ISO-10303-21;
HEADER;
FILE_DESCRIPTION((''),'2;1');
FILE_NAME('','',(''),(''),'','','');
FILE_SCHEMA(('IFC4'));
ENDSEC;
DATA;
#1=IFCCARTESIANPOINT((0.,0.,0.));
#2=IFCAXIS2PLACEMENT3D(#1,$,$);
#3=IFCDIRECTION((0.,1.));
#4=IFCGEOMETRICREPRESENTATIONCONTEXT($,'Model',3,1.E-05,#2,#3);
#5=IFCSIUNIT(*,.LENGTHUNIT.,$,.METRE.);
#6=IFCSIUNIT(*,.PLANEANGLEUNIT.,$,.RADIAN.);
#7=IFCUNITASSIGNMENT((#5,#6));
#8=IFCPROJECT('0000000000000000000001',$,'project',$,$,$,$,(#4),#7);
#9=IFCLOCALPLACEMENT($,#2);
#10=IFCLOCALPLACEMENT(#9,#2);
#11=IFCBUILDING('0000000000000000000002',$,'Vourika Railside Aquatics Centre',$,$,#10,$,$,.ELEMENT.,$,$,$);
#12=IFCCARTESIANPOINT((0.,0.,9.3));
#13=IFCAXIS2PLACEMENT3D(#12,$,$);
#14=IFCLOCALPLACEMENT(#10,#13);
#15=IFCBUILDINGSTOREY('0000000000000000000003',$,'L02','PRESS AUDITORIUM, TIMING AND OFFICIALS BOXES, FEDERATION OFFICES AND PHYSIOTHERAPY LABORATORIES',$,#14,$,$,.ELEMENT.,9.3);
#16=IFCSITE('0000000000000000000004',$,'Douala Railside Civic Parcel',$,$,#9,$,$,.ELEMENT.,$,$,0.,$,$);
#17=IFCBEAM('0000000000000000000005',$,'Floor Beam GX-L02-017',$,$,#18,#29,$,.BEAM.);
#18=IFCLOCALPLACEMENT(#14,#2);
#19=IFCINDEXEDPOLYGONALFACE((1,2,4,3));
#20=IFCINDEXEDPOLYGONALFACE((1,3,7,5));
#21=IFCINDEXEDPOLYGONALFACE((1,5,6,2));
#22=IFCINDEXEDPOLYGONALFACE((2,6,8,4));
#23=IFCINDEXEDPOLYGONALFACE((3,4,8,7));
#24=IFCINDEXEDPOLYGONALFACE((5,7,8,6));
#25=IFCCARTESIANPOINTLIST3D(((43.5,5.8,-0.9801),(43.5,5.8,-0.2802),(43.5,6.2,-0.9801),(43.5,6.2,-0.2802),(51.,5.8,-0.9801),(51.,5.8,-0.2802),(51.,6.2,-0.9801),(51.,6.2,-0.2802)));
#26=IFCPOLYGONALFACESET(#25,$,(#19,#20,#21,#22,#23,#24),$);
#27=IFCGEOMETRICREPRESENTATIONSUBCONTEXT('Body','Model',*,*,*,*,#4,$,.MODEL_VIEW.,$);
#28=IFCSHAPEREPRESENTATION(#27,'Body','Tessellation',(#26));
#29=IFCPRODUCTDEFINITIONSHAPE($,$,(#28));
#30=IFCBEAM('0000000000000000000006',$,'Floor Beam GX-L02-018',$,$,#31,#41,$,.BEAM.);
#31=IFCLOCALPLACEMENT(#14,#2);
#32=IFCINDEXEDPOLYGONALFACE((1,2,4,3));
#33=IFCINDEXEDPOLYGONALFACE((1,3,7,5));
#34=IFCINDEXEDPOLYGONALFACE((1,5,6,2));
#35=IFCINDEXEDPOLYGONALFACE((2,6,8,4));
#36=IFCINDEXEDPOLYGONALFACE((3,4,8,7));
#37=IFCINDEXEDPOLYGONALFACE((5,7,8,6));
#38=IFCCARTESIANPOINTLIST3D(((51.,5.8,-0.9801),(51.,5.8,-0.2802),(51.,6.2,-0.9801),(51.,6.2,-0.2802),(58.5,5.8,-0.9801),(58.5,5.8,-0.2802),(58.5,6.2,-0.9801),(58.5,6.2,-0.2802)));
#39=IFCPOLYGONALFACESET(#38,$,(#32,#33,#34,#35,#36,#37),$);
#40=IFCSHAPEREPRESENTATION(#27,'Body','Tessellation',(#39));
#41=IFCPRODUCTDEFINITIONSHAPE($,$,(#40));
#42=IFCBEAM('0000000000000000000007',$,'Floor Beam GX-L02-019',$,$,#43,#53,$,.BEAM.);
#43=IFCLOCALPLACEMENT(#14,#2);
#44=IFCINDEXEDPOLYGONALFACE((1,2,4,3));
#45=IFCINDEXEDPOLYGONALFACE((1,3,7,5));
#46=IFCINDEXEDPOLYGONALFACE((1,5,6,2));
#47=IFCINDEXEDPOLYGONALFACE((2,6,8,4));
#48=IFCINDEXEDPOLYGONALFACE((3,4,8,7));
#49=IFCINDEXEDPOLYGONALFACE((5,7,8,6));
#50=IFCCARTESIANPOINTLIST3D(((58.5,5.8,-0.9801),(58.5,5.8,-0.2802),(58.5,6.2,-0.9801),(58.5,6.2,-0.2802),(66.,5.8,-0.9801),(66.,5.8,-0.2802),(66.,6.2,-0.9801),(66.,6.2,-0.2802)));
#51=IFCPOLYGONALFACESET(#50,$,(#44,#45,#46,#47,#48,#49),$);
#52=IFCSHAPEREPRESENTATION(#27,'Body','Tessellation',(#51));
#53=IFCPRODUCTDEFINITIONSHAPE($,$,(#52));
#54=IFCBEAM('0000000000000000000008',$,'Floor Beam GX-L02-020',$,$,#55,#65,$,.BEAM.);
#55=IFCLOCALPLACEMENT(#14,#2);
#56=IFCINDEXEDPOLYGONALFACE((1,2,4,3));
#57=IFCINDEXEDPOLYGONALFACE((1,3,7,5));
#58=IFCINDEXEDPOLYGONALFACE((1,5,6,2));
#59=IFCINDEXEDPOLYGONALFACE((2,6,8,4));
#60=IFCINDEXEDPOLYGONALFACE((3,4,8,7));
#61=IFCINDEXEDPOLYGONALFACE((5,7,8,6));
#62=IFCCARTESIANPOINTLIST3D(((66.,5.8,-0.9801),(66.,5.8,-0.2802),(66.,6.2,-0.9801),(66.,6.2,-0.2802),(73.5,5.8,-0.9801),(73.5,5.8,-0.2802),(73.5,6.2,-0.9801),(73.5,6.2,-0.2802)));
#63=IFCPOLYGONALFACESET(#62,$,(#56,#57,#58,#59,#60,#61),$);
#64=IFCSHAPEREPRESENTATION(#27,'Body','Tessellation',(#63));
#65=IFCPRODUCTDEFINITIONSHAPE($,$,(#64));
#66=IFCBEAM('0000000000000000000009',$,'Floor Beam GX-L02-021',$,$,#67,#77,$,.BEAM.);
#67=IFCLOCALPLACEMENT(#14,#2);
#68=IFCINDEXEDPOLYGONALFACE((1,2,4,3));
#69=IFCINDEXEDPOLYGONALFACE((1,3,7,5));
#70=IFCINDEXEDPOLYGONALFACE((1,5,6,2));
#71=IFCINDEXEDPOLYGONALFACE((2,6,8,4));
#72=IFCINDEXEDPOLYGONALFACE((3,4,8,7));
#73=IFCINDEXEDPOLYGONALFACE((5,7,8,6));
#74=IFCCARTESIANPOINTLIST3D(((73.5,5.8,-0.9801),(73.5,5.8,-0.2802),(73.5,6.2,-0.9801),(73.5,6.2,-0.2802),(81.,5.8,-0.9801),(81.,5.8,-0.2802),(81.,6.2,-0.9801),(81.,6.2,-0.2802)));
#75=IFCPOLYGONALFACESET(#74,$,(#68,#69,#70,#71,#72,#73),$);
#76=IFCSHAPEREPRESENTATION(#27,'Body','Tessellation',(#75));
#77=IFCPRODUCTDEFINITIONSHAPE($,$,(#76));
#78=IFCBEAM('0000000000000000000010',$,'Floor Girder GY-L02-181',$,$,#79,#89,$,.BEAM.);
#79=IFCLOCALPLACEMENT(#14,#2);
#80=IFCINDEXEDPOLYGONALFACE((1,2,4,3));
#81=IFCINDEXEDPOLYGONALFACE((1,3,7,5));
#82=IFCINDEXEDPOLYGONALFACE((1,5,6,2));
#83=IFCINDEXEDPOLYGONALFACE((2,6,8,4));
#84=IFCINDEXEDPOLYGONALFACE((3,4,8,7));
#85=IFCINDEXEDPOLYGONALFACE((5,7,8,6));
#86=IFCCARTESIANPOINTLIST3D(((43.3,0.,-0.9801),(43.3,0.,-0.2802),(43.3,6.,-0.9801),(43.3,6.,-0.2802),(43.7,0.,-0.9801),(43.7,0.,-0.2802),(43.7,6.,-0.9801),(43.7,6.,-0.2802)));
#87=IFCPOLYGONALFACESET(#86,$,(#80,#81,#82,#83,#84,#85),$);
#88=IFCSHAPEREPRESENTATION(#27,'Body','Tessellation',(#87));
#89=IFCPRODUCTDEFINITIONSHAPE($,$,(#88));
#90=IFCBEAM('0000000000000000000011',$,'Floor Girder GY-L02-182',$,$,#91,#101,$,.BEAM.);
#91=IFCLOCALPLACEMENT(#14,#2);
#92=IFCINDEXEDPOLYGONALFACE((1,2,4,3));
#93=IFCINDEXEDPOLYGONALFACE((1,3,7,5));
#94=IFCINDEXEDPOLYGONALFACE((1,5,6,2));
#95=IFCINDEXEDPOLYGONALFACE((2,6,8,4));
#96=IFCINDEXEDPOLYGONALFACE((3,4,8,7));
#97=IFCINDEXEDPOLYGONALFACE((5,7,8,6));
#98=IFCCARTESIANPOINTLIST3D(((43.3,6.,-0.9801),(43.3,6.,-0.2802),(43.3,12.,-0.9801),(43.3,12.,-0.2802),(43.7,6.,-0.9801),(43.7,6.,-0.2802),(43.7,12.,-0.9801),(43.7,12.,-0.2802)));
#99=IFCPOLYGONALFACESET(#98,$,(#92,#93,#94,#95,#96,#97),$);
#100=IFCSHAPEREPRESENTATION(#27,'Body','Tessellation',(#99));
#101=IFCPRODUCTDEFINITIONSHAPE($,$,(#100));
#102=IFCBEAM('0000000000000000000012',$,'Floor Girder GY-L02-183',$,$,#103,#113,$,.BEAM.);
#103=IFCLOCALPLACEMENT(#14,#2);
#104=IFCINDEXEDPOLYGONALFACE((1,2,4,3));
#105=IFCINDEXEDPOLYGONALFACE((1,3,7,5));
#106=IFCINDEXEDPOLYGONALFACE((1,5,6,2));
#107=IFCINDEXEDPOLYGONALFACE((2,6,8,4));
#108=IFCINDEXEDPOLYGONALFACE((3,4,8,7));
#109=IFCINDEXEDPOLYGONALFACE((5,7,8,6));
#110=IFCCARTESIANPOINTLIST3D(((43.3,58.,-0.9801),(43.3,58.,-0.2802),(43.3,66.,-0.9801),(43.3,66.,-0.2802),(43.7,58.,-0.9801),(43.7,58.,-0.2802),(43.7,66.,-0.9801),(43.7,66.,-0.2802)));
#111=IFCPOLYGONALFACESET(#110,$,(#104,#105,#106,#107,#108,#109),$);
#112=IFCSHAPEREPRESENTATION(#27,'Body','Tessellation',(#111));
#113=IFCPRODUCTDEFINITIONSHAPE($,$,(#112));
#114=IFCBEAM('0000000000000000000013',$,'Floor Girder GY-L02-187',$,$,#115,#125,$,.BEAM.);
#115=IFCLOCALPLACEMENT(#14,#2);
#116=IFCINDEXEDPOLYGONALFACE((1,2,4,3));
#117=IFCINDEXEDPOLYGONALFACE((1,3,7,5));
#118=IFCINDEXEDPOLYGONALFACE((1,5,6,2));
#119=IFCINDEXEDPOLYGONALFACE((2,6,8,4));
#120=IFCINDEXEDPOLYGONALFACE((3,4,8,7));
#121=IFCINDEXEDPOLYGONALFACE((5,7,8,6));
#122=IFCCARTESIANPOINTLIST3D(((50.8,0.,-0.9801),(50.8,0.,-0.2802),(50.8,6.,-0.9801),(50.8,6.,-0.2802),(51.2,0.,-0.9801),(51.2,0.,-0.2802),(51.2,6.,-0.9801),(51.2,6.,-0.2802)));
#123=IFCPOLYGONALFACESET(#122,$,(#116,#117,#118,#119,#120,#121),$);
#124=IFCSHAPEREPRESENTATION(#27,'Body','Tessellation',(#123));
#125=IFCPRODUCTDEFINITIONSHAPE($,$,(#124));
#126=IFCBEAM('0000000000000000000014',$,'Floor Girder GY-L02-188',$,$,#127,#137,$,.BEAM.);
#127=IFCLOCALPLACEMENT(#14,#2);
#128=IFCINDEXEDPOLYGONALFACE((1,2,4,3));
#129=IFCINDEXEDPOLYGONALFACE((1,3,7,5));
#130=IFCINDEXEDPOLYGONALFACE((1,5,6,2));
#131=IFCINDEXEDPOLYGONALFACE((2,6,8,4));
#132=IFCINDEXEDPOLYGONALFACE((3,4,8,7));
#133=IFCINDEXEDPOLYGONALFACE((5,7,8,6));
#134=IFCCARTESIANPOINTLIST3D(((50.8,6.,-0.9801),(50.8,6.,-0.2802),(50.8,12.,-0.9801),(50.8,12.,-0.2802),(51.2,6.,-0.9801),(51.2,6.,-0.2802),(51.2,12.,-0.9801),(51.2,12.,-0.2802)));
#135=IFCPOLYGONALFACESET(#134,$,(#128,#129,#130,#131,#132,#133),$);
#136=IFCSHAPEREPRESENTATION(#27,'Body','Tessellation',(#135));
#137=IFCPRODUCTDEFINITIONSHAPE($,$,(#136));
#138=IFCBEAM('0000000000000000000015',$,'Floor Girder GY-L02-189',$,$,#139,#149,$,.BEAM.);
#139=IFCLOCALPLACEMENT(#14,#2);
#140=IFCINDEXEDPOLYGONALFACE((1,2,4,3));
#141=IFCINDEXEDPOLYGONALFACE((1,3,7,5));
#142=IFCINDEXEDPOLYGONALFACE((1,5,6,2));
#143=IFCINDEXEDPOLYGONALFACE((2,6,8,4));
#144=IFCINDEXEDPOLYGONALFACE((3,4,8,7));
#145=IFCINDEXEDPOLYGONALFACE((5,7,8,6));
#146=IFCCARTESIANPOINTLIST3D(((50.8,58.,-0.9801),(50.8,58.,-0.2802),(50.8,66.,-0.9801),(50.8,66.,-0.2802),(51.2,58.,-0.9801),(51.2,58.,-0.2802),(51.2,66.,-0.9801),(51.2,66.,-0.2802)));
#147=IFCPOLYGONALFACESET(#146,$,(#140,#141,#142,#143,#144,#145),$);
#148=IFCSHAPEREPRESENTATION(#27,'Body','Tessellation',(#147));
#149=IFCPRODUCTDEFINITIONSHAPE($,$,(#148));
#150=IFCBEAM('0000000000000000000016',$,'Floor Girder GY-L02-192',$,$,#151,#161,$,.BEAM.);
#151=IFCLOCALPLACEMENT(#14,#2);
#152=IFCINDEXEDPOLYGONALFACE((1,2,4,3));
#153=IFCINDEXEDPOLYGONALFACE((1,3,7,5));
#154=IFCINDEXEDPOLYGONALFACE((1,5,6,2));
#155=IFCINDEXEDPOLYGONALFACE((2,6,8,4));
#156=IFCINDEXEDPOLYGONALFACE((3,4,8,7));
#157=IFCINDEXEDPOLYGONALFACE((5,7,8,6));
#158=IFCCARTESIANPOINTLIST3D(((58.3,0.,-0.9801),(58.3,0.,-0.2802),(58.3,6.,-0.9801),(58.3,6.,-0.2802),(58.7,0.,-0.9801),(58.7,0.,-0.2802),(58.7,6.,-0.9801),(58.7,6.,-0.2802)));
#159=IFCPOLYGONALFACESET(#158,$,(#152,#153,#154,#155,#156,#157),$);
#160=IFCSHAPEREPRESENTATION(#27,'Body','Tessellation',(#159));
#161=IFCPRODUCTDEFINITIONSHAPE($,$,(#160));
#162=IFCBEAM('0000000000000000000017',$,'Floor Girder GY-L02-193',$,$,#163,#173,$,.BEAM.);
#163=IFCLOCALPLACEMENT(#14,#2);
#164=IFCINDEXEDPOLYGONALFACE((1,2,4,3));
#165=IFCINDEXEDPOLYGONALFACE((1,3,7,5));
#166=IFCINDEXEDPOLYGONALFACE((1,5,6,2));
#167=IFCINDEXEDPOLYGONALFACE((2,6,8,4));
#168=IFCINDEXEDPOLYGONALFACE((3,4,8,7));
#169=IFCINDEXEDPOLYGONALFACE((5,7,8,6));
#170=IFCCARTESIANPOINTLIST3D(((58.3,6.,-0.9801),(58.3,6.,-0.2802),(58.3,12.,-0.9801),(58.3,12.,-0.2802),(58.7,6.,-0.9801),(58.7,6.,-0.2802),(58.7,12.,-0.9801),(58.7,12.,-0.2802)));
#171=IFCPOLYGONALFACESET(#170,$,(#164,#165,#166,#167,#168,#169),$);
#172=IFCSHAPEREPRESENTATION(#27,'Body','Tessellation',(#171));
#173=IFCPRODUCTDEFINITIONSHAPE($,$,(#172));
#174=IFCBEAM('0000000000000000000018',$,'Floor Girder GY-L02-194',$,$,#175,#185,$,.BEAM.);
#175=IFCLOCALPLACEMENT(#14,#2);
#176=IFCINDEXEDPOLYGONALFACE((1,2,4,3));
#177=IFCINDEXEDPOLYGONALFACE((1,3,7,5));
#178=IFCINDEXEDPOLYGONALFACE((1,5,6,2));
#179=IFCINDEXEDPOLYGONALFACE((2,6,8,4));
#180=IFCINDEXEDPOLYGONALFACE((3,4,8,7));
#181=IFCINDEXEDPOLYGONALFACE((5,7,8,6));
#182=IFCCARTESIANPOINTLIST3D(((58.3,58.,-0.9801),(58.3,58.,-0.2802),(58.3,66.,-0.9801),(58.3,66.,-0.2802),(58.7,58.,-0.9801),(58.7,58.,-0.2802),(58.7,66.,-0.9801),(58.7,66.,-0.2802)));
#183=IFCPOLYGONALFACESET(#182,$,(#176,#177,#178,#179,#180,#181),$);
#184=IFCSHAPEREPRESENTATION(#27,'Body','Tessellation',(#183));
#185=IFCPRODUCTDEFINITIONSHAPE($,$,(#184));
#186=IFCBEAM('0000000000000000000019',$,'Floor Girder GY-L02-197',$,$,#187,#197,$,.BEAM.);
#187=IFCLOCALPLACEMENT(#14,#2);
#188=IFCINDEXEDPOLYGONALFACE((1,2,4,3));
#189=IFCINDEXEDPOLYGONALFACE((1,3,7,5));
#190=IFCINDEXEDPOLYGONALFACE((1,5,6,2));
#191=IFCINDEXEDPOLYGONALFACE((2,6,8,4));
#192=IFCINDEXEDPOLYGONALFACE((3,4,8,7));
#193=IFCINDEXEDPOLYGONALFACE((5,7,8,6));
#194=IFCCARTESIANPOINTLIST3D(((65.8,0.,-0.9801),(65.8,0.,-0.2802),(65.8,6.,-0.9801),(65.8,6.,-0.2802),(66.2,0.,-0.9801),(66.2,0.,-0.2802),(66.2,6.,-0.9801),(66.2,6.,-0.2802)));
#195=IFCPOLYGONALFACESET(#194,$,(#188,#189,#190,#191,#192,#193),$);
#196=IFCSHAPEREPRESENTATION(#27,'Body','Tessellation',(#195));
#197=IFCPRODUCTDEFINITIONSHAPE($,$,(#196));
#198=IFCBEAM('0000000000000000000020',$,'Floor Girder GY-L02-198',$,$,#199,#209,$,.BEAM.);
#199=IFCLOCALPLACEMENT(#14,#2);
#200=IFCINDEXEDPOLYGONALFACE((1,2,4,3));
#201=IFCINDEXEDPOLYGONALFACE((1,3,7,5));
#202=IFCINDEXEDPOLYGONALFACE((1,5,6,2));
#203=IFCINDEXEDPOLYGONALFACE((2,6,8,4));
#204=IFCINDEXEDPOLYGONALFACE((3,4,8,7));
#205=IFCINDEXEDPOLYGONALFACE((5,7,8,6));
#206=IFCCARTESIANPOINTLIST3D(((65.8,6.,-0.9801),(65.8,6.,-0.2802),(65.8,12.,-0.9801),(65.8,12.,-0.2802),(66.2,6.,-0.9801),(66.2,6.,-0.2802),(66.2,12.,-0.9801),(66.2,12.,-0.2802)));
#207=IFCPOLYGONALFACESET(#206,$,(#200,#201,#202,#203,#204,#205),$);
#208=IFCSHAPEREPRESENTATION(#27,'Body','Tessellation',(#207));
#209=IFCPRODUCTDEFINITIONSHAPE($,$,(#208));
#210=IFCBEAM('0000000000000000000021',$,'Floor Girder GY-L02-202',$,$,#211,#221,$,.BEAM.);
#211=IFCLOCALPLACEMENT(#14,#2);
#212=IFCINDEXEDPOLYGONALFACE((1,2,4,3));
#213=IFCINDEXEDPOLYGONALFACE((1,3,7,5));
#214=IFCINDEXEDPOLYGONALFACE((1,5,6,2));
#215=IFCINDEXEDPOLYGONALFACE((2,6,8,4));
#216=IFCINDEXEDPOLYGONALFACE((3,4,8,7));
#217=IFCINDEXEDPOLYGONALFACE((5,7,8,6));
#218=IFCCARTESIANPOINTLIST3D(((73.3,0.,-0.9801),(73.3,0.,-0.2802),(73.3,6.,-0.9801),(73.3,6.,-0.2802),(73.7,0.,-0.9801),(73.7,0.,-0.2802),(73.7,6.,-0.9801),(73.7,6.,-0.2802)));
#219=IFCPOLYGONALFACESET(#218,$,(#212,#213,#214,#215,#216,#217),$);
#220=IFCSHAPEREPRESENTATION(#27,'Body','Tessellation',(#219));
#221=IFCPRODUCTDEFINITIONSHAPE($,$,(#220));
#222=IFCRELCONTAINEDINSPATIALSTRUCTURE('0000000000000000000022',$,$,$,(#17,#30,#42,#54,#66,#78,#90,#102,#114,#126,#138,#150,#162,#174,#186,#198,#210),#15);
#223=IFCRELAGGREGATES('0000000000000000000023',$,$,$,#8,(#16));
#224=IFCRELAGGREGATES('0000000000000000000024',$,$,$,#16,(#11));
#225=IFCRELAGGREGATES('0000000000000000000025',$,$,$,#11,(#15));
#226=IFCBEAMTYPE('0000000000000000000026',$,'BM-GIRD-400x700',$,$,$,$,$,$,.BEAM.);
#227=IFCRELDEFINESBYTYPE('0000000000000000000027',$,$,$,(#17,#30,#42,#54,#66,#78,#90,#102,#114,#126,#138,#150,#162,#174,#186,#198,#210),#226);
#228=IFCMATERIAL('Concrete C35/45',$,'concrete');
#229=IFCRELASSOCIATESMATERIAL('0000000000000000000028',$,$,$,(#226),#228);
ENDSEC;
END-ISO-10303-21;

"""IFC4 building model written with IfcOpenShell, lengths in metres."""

from ifc_helpers import new_model, si_unit, direction, frame, origin, origin_2d, place, context, subcontext, project, spatial, rectangle, extrude, material, material_profile, profile_set, type_object, element, save


model = new_model("IFC4")

# Units and contexts
model_context = context("Model", 3, precision=1e-05, world=origin(), true_north=direction((0.0, 1.0)))
body_context = subcontext(model_context, "Body", "Model", "MODEL_VIEW")
ifc_project = project(units=[si_unit("LENGTHUNIT", "METRE"), si_unit("PLANEANGLEUNIT", "RADIAN")], contexts=[model_context])

# Site, building, storey
site_placement = place(None, origin())
site = spatial("IfcSite", under=ifc_project, at=site_placement, Name="Douala Railside Civic Parcel", CompositionType="ELEMENT", RefElevation=0.0)
building_placement = place(site_placement, origin())
building = spatial("IfcBuilding", under=site, at=building_placement, Name="Vourika Railside Aquatics Centre", CompositionType="ELEMENT")
storey_placement = place(building_placement, frame((0.0, 0.0, 9.3)))
storey = spatial("IfcBuildingStorey", under=building, at=storey_placement, Name="L02", Description="PRESS AUDITORIUM, TIMING AND OFFICIALS BOXES, FEDERATION OFFICES AND PHYSIOTHERAPY LABORATORIES", CompositionType="ELEMENT", Elevation=9.3)

# Beams
ifc_material = material(Name="Concrete C35/45", Category="concrete")
ifc_material_profile_1 = material_profile(ifc_material, rectangle(XDim=0.3999, YDim=0.7, at=origin_2d()), Name="RC 400x700")
ifc_profile_set_1 = profile_set([ifc_material_profile_1], Name="Concrete C35/45")
beam_type_1 = type_object("IfcBeamType", Name="BM-GIRD-400x700", PredefinedType="BEAM", material=ifc_profile_set_1)
for number, where, z_axis, x_axis, name in (
    (1, (43.5, 6.0, -0.6301), (1.0, 0.0, 0.0), (0.0, 1.0, 0.0), "Floor Beam GX-L02-017"),
    (2, (51.0, 6.0, -0.6301), (1.0, 0.0, 0.0), (0.0, 1.0, 0.0), "Floor Beam GX-L02-018"),
    (3, (58.5, 6.0, -0.6301), (1.0, 0.0, 0.0), (0.0, 1.0, 0.0), "Floor Beam GX-L02-019"),
    (4, (66.0, 6.0, -0.6301), (1.0, 0.0, 0.0), (0.0, 1.0, 0.0), "Floor Beam GX-L02-020"),
    (5, (73.5, 6.0, -0.6301), (1.0, 0.0, 0.0), (0.0, 1.0, 0.0), "Floor Beam GX-L02-021"),
):
    element("IfcBeam", number, at=place(storey_placement, frame(where, z_axis=z_axis, x_axis=x_axis)), inside=storey, type_object=beam_type_1, Name=name, PredefinedType="BEAM", context=body_context, shape_type="SweptSolid", body=[
        extrude(rectangle(XDim=0.3999, YDim=0.7, at=origin_2d()), origin(), (0.0, 0.0, 1.0), 7.5),
    ])
for number, where, z_axis, x_axis, name in (
    (6, (43.5, 0.0, -0.6301), (0.0, 1.0, 0.0), (-1.0, 0.0, 0.0), "Floor Girder GY-L02-181"),
    (7, (43.5, 6.0, -0.6301), (0.0, 1.0, 0.0), (-1.0, 0.0, 0.0), "Floor Girder GY-L02-182"),
):
    element("IfcBeam", number, at=place(storey_placement, frame(where, z_axis=z_axis, x_axis=x_axis)), inside=storey, type_object=beam_type_1, Name=name, PredefinedType="BEAM", context=body_context, shape_type="SweptSolid", body=[
        extrude(rectangle(XDim=0.3999, YDim=0.7, at=origin_2d()), origin(), (0.0, 0.0, 1.0), 6.0),
    ])
beam_1_placement = place(storey_placement, frame((43.5, 58.0, -0.6301), z_axis=(0.0, 1.0, 0.0), x_axis=(-1.0, 0.0, 0.0)))
element("IfcBeam", 8, at=beam_1_placement, inside=storey, type_object=beam_type_1, Name="Floor Girder GY-L02-183", PredefinedType="BEAM", context=body_context, shape_type="SweptSolid", body=[
    extrude(rectangle(XDim=0.3999, YDim=0.7, at=origin_2d()), origin(), (0.0, 0.0, 1.0), 8.0),
])
for number, where, z_axis, x_axis, name in (
    (9, (51.0, 0.0, -0.6301), (0.0, 1.0, 0.0), (-1.0, 0.0, 0.0), "Floor Girder GY-L02-187"),
    (10, (51.0, 6.0, -0.6301), (0.0, 1.0, 0.0), (-1.0, 0.0, 0.0), "Floor Girder GY-L02-188"),
):
    element("IfcBeam", number, at=place(storey_placement, frame(where, z_axis=z_axis, x_axis=x_axis)), inside=storey, type_object=beam_type_1, Name=name, PredefinedType="BEAM", context=body_context, shape_type="SweptSolid", body=[
        extrude(rectangle(XDim=0.3999, YDim=0.7, at=origin_2d()), origin(), (0.0, 0.0, 1.0), 6.0),
    ])
beam_2_placement = place(storey_placement, frame((51.0, 58.0, -0.6301), z_axis=(0.0, 1.0, 0.0), x_axis=(-1.0, 0.0, 0.0)))
element("IfcBeam", 11, at=beam_2_placement, inside=storey, type_object=beam_type_1, Name="Floor Girder GY-L02-189", PredefinedType="BEAM", context=body_context, shape_type="SweptSolid", body=[
    extrude(rectangle(XDim=0.3999, YDim=0.7, at=origin_2d()), origin(), (0.0, 0.0, 1.0), 8.0),
])
for number, where, z_axis, x_axis, name in (
    (12, (58.5, 0.0, -0.6301), (0.0, 1.0, 0.0), (-1.0, 0.0, 0.0), "Floor Girder GY-L02-192"),
    (13, (58.5, 6.0, -0.6301), (0.0, 1.0, 0.0), (-1.0, 0.0, 0.0), "Floor Girder GY-L02-193"),
):
    element("IfcBeam", number, at=place(storey_placement, frame(where, z_axis=z_axis, x_axis=x_axis)), inside=storey, type_object=beam_type_1, Name=name, PredefinedType="BEAM", context=body_context, shape_type="SweptSolid", body=[
        extrude(rectangle(XDim=0.3999, YDim=0.7, at=origin_2d()), origin(), (0.0, 0.0, 1.0), 6.0),
    ])
beam_3_placement = place(storey_placement, frame((58.5, 58.0, -0.6301), z_axis=(0.0, 1.0, 0.0), x_axis=(-1.0, 0.0, 0.0)))
element("IfcBeam", 14, at=beam_3_placement, inside=storey, type_object=beam_type_1, Name="Floor Girder GY-L02-194", PredefinedType="BEAM", context=body_context, shape_type="SweptSolid", body=[
    extrude(rectangle(XDim=0.3999, YDim=0.7, at=origin_2d()), origin(), (0.0, 0.0, 1.0), 8.0),
])
for number, where, z_axis, x_axis, name in (
    (15, (66.0, 0.0, -0.6301), (0.0, 1.0, 0.0), (-1.0, 0.0, 0.0), "Floor Girder GY-L02-197"),
    (16, (66.0, 6.0, -0.6301), (0.0, 1.0, 0.0), (-1.0, 0.0, 0.0), "Floor Girder GY-L02-198"),
    (17, (73.5, 0.0, -0.6301), (0.0, 1.0, 0.0), (-1.0, 0.0, 0.0), "Floor Girder GY-L02-202"),
):
    element("IfcBeam", number, at=place(storey_placement, frame(where, z_axis=z_axis, x_axis=x_axis)), inside=storey, type_object=beam_type_1, Name=name, PredefinedType="BEAM", context=body_context, shape_type="SweptSolid", body=[
        extrude(rectangle(XDim=0.3999, YDim=0.7, at=origin_2d()), origin(), (0.0, 0.0, 1.0), 6.0),
    ])

save(model, "model.ifc")
